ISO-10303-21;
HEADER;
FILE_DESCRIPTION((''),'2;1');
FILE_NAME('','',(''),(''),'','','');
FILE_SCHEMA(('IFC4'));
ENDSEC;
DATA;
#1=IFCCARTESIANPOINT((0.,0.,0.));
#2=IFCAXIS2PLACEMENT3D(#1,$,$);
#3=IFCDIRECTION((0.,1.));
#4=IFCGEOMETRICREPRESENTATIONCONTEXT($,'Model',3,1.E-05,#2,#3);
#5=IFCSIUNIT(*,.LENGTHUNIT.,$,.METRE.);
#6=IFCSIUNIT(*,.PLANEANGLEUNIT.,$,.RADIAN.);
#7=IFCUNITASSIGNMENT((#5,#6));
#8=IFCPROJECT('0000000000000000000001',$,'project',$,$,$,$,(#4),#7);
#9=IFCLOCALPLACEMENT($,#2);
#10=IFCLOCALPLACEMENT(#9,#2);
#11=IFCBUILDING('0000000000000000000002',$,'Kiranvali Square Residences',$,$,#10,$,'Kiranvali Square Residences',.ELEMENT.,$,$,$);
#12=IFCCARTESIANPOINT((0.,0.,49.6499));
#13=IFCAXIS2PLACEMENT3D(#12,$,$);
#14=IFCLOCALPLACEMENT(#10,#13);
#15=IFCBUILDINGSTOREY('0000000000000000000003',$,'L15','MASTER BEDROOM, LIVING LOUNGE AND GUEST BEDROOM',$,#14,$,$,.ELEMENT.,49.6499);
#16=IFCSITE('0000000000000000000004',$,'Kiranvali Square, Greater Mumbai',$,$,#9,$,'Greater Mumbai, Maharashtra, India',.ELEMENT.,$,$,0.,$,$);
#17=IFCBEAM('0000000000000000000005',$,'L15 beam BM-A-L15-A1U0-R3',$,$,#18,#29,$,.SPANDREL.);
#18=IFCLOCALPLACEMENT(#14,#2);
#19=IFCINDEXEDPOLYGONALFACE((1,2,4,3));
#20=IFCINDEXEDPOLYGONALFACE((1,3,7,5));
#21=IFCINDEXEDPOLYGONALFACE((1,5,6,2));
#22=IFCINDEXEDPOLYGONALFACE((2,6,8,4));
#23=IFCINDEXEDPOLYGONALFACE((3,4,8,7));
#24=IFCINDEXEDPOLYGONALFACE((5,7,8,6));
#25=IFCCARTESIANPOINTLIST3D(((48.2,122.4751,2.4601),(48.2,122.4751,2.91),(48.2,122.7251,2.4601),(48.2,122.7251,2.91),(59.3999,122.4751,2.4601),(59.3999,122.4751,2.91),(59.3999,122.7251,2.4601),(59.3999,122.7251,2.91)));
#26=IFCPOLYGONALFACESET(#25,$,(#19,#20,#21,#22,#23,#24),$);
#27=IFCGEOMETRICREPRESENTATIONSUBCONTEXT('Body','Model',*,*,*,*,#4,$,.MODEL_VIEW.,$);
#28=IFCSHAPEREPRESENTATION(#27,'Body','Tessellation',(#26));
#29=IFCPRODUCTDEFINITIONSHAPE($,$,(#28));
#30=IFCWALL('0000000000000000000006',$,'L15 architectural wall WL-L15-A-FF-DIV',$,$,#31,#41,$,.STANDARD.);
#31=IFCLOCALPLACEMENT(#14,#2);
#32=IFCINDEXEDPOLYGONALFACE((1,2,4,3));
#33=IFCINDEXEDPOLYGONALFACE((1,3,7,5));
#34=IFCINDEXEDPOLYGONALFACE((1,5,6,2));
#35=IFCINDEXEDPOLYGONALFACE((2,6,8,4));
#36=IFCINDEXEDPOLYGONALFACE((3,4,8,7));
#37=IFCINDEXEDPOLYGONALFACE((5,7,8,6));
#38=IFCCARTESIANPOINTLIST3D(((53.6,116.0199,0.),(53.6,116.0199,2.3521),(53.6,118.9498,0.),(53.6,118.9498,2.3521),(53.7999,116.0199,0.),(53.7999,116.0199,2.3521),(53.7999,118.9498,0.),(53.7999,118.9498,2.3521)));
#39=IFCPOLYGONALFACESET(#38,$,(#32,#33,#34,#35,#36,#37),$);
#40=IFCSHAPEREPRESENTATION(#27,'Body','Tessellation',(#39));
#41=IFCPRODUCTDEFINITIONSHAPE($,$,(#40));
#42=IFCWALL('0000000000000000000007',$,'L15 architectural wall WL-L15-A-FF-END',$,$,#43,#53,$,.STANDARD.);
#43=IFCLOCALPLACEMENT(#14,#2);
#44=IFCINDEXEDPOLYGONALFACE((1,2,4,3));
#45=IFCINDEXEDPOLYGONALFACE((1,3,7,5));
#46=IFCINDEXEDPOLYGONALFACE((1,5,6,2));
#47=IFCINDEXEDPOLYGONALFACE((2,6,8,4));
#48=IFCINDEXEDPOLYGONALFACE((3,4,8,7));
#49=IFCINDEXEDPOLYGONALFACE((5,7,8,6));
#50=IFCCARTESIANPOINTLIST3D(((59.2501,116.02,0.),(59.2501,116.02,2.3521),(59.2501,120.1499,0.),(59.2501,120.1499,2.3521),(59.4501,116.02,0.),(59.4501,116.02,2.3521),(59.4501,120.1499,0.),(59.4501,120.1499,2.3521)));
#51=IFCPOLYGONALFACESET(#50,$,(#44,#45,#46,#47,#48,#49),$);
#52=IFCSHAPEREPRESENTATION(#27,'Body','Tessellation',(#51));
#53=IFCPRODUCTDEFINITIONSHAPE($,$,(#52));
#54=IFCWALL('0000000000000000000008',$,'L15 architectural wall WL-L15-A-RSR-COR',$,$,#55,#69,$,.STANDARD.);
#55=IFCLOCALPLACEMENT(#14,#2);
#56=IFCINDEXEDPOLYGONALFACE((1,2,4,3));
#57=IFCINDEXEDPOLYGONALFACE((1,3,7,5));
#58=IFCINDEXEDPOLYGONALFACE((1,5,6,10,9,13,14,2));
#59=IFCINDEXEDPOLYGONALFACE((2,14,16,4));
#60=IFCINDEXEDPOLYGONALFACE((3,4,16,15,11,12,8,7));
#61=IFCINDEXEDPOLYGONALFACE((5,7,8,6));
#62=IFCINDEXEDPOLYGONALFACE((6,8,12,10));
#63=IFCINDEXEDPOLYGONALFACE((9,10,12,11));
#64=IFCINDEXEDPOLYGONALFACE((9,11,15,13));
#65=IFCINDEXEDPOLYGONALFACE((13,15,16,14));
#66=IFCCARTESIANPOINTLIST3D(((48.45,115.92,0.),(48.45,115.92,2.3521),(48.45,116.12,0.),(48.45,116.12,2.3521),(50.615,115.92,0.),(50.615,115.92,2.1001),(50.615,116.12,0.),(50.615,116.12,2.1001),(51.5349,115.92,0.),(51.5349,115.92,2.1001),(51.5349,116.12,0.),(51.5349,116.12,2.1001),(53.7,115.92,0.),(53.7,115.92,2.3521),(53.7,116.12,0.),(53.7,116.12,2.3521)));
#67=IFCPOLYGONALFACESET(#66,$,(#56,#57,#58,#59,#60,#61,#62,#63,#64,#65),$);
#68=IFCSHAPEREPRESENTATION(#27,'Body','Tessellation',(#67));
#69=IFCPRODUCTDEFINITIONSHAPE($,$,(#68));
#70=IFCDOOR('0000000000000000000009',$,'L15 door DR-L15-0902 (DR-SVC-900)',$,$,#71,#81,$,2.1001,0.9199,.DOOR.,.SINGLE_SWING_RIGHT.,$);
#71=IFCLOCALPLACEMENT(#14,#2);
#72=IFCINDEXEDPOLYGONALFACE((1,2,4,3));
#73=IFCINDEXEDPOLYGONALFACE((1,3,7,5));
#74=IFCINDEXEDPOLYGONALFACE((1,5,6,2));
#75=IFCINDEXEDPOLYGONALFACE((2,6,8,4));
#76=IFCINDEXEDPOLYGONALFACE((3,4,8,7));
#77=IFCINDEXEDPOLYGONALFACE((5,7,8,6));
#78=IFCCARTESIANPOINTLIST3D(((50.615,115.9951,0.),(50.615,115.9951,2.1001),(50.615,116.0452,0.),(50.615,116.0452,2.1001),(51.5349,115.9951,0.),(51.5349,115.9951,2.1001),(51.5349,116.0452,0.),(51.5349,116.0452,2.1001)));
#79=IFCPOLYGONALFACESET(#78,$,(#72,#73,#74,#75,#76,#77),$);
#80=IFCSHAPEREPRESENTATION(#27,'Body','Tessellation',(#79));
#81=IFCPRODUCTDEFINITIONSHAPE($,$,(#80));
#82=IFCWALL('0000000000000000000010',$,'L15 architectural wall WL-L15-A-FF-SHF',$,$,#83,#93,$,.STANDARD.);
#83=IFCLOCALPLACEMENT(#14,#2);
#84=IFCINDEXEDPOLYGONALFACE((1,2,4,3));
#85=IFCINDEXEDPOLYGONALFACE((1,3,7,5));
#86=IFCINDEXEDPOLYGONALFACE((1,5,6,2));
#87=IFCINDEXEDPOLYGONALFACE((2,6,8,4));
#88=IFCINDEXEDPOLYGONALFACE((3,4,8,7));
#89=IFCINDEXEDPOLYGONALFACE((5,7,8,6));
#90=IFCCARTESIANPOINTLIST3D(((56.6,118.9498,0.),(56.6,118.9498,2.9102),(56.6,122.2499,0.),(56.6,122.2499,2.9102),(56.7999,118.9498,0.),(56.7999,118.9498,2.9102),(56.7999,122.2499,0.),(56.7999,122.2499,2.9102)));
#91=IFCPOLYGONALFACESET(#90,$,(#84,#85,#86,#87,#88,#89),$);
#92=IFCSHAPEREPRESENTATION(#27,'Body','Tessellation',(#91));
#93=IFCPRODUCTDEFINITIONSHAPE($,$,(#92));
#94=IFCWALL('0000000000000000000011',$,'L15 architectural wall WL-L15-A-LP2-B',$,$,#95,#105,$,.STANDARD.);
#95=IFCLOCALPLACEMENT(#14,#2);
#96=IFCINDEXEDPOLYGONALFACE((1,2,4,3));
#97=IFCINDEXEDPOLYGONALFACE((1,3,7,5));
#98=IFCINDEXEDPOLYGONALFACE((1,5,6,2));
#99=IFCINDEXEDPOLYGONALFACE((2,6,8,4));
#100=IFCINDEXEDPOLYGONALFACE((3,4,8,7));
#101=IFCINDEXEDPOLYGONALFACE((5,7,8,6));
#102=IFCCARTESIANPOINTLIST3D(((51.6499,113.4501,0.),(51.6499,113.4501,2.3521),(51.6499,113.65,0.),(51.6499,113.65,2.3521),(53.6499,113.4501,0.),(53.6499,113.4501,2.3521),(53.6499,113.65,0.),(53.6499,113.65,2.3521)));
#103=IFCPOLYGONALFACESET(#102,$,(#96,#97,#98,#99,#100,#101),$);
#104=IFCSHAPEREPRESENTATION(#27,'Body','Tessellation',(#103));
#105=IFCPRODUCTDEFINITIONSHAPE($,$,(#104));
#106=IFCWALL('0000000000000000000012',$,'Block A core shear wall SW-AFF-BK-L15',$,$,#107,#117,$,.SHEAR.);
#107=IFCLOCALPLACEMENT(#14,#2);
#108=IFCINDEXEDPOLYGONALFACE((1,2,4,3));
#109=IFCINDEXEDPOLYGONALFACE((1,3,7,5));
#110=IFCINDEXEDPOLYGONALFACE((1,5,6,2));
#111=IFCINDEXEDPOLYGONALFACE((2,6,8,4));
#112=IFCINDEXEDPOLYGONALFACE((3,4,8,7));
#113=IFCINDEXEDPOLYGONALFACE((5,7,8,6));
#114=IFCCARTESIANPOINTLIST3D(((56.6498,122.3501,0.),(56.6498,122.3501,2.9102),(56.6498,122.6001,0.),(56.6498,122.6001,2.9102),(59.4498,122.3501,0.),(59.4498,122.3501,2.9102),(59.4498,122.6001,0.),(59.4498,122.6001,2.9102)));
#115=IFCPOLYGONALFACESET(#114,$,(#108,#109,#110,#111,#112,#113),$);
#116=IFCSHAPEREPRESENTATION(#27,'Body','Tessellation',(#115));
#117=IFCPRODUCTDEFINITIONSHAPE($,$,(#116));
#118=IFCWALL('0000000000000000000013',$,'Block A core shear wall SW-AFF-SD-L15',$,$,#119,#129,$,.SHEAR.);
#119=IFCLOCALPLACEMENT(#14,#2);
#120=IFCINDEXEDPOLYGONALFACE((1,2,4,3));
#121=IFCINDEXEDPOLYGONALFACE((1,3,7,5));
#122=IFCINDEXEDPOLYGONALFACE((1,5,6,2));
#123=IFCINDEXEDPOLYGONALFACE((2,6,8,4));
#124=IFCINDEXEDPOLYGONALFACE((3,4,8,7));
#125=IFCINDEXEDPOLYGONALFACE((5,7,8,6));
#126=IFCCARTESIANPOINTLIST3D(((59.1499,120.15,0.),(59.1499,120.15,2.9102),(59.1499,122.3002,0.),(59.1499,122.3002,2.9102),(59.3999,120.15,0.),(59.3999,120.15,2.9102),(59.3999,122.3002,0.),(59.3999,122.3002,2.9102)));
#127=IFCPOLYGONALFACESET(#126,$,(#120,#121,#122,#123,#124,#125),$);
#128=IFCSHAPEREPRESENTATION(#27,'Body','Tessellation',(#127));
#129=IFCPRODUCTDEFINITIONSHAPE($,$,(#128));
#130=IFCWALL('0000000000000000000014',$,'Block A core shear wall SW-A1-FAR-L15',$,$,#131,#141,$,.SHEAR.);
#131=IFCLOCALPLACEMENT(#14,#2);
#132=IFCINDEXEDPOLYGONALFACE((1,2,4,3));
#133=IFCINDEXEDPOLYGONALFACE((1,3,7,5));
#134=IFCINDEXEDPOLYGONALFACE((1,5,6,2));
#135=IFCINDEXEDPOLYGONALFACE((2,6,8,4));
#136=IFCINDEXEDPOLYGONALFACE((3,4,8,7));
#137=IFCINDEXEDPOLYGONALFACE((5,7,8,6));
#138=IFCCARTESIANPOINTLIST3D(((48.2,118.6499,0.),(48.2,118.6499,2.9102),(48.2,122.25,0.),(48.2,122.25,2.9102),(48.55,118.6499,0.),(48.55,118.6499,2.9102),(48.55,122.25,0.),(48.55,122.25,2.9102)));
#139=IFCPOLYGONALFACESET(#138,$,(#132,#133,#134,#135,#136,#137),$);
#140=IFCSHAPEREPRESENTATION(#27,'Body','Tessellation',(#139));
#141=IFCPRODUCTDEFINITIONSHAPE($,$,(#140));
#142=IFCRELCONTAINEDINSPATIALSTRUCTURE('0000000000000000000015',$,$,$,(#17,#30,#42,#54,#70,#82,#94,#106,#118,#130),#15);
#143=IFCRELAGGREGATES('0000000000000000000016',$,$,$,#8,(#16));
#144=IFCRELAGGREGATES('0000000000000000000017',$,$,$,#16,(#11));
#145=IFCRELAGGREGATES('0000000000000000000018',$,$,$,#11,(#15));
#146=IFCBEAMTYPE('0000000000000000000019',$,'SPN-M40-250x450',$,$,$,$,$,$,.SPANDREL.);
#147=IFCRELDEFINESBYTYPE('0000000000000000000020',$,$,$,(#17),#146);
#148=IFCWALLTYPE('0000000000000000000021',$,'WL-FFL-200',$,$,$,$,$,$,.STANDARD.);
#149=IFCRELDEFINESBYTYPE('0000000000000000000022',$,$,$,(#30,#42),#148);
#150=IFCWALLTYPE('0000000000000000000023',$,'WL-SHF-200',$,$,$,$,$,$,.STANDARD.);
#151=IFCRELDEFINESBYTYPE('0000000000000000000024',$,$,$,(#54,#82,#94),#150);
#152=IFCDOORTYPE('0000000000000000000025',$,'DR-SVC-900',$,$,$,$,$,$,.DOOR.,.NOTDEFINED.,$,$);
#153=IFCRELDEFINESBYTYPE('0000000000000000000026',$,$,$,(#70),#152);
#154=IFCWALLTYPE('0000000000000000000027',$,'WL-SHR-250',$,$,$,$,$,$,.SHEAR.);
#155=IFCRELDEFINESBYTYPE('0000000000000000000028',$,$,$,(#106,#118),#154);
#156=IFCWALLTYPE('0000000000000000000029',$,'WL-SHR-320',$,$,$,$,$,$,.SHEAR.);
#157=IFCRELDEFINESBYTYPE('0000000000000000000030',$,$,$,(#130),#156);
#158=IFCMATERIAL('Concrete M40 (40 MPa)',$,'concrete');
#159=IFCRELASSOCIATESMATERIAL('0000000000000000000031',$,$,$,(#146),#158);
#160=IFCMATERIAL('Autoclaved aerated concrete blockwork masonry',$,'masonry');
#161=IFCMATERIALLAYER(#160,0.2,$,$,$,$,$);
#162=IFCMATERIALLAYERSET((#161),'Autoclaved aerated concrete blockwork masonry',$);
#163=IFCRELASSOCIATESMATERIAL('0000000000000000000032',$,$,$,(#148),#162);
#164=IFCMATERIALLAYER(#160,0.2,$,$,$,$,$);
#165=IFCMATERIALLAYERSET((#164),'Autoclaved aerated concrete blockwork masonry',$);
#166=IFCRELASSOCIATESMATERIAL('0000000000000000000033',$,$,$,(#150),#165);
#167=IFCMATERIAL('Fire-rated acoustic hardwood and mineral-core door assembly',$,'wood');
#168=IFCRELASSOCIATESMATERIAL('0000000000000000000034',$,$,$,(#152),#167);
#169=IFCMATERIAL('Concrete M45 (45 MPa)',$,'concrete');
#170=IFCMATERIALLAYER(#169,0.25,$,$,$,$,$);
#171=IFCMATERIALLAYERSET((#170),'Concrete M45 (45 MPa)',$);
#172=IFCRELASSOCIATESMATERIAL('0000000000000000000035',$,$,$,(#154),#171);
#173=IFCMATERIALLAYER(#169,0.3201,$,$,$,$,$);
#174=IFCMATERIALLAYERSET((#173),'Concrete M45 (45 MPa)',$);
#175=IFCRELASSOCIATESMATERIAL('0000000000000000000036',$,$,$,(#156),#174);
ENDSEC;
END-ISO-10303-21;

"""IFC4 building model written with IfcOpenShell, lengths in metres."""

from ifc_helpers import new_model, si_unit, direction, frame, frame_2d, origin, origin_2d, place, context, subcontext, project, spatial, rectangle, extrude, material, layer, layer_set, material_profile, profile_set, type_object, element, fill, save


model = new_model("IFC4")

# Units and contexts
model_context = context("Model", 3, precision=1e-05, world=origin(), true_north=direction((0.0, 1.0)))
body_context = subcontext(model_context, "Body", "Model", "MODEL_VIEW")
ifc_project = project(units=[si_unit("LENGTHUNIT", "METRE"), si_unit("PLANEANGLEUNIT", "RADIAN")], contexts=[model_context])

# Site, building, storey
site_placement = place(None, origin())
site = spatial("IfcSite", under=ifc_project, at=site_placement, Name="Kiranvali Square, Greater Mumbai", LongName="Greater Mumbai, Maharashtra, India", CompositionType="ELEMENT", RefElevation=0.0)
building_placement = place(site_placement, origin())
building = spatial("IfcBuilding", under=site, at=building_placement, Name="Kiranvali Square Residences", LongName="Kiranvali Square Residences", CompositionType="ELEMENT")
storey_placement = place(building_placement, frame((0.0, 0.0, 49.6499)))
storey = spatial("IfcBuildingStorey", under=building, at=storey_placement, Name="L15", Description="MASTER BEDROOM, LIVING LOUNGE AND GUEST BEDROOM", CompositionType="ELEMENT", Elevation=49.6499)

# Beam
ifc_material_1 = material(Name="Concrete M40 (40 MPa)", Category="concrete")
ifc_material_profile = material_profile(ifc_material_1, rectangle(XDim=0.25, YDim=0.45, at=origin_2d()), Name="RC 250x450")
ifc_profile_set = profile_set([ifc_material_profile], Name="Concrete M40 (40 MPa)")
beam_type = type_object("IfcBeamType", Name="SPN-M40-250x450", PredefinedType="SPANDREL", material=ifc_profile_set)
beam_placement = place(storey_placement, frame((48.2, 122.6001, 2.6851), z_axis=(1.0, 0.0, 0.0), x_axis=(0.0, 1.0, 0.0)))
element("IfcBeam", 1, at=beam_placement, inside=storey, type_object=beam_type, Name="L15 beam BM-A-L15-A1U0-R3", PredefinedType="SPANDREL", context=body_context, shape_type="SweptSolid", body=[
    extrude(rectangle(XDim=0.25, YDim=0.45, at=origin_2d()), origin(), (0.0, 0.0, 1.0), 11.2),
])

# Shared definitions
ifc_material_2 = material(Name="Autoclaved aerated concrete blockwork masonry", Category="masonry")
ifc_material_3 = material(Name="Fire-rated acoustic hardwood and mineral-core door assembly", Category="wood")
ifc_layer_1 = layer(ifc_material_2, 0.2)
ifc_layer_set_1 = layer_set([ifc_layer_1], Name="Autoclaved aerated concrete blockwork masonry")
wall_type_1 = type_object("IfcWallType", Name="WL-FFL-200", PredefinedType="STANDARD", material=ifc_layer_set_1)

# Walls
wall_1_placement = place(storey_placement, frame((53.7, 116.02, 0.0), z_axis=(0.0, 0.0, 1.0), x_axis=(0.0, 1.0, 0.0)))
element("IfcWall", 2, at=wall_1_placement, inside=storey, type_object=wall_type_1, Name="L15 architectural wall WL-L15-A-FF-DIV", PredefinedType="STANDARD", context=body_context, shape_type="SweptSolid", body=[
    extrude(rectangle(XDim=2.9299, YDim=0.2, at=frame_2d((1.4648, 0.0))), origin(), (0.0, 0.0, 1.0), 2.3521),
])
wall_2_placement = place(storey_placement, frame((59.3501, 116.02, 0.0), z_axis=(0.0, 0.0, 1.0), x_axis=(0.0, 1.0, 0.0)))
element("IfcWall", 3, at=wall_2_placement, inside=storey, type_object=wall_type_1, Name="L15 architectural wall WL-L15-A-FF-END", PredefinedType="STANDARD", context=body_context, shape_type="SweptSolid", body=[
    extrude(rectangle(XDim=4.1299, YDim=0.2, at=frame_2d((2.0649, 0.0))), origin(), (0.0, 0.0, 1.0), 2.3521),
])

# Wall, opening, door
ifc_layer_2 = layer(ifc_material_2, 0.2)
ifc_layer_set_2 = layer_set([ifc_layer_2], Name="Autoclaved aerated concrete blockwork masonry")
wall_type_2 = type_object("IfcWallType", Name="WL-SHF-200", PredefinedType="STANDARD", material=ifc_layer_set_2)
wall_3_placement = place(storey_placement, frame((48.45, 116.02, 0.0), z_axis=(0.0, 0.0, 1.0), x_axis=(1.0, 0.0, 0.0)))
wall_3 = element("IfcWall", 4, at=wall_3_placement, inside=storey, type_object=wall_type_2, Name="L15 architectural wall WL-L15-A-RSR-COR", PredefinedType="STANDARD", context=body_context, shape_type="SweptSolid", body=[
    extrude(rectangle(XDim=5.25, YDim=0.2, at=frame_2d((2.625, 0.0))), origin(), (0.0, 0.0, 1.0), 2.3521),
])
opening_1_placement = place(wall_3_placement, frame((2.165, 0.0, 0.0)))
opening_1 = element("IfcOpeningElement", 5, at=opening_1_placement, cuts=wall_3, PredefinedType="OPENING", context=body_context, shape_type="SweptSolid", body=[
    extrude(rectangle(XDim=0.9199, YDim=2.1001, at=frame_2d((0.46, 1.05))), frame((0.0, 0.1099, 0.0), z_axis=(0.0, -1.0, 0.0), x_axis=(1.0, 0.0, 0.0)), (0.0, 0.0, 1.0), 0.22),
])
door_type_1 = type_object("IfcDoorType", Name="DR-SVC-900", OperationType="NOTDEFINED", PredefinedType="DOOR", material=ifc_material_3)
door_1_placement = place(opening_1_placement, frame((0.9199, 0.0, 0.0), z_axis=(0.0, 0.0, 1.0), x_axis=(-1.0, 0.0, 0.0)))
door_1 = element("IfcDoor", 6, at=door_1_placement, inside=storey, type_object=door_type_1, Name="L15 door DR-L15-0902 (DR-SVC-900)", OperationType="SINGLE_SWING_RIGHT", OverallHeight=2.1001, OverallWidth=0.9199, PredefinedType="DOOR", context=body_context, shape_type="SweptSolid", body=[
    extrude(rectangle(XDim=0.9199, YDim=2.1001, at=frame_2d((0.46, 1.05))), frame((0.0, 0.0249, 0.0), z_axis=(0.0, -1.0, 0.0), x_axis=(1.0, 0.0, 0.0)), (0.0, 0.0, 1.0), 0.05),
])
fill(opening_1, door_1)

# Walls
wall_4_placement = place(storey_placement, frame((56.7, 118.95, 0.0), z_axis=(0.0, 0.0, 1.0), x_axis=(0.0, 1.0, 0.0)))
element("IfcWall", 7, at=wall_4_placement, inside=storey, type_object=wall_type_2, Name="L15 architectural wall WL-L15-A-FF-SHF", PredefinedType="STANDARD", context=body_context, shape_type="SweptSolid", body=[
    extrude(rectangle(XDim=3.3, YDim=0.2, at=frame_2d((1.6499, 0.0))), origin(), (0.0, 0.0, 1.0), 2.9102),
])
wall_5_placement = place(storey_placement, frame((51.6499, 113.55, 0.0), z_axis=(0.0, 0.0, 1.0), x_axis=(1.0, 0.0, 0.0)))
element("IfcWall", 8, at=wall_5_placement, inside=storey, type_object=wall_type_2, Name="L15 architectural wall WL-L15-A-LP2-B", PredefinedType="STANDARD", context=body_context, shape_type="SweptSolid", body=[
    extrude(rectangle(XDim=2.0, YDim=0.2, at=frame_2d((1.0, 0.0))), origin(), (0.0, 0.0, 1.0), 2.3521),
])
ifc_material_4 = material(Name="Concrete M45 (45 MPa)", Category="concrete")
ifc_layer_3 = layer(ifc_material_4, 0.25)
ifc_layer_set_3 = layer_set([ifc_layer_3], Name="Concrete M45 (45 MPa)")
wall_type_3 = type_object("IfcWallType", Name="WL-SHR-250", PredefinedType="SHEAR", material=ifc_layer_set_3)
wall_6_placement = place(storey_placement, frame((56.6499, 122.4751, 0.0), z_axis=(0.0, 0.0, 1.0), x_axis=(1.0, 0.0, 0.0)))
element("IfcWall", 9, at=wall_6_placement, inside=storey, type_object=wall_type_3, Name="Block A core shear wall SW-AFF-BK-L15", PredefinedType="SHEAR", context=body_context, shape_type="SweptSolid", body=[
    extrude(rectangle(XDim=2.8, YDim=0.25, at=frame_2d((1.3999, 0.0))), origin(), (0.0, 0.0, 1.0), 2.9102),
])
wall_7_placement = place(storey_placement, frame((59.2749, 120.1499, 0.0), z_axis=(0.0, 0.0, 1.0), x_axis=(0.0, 1.0, 0.0)))
element("IfcWall", 10, at=wall_7_placement, inside=storey, type_object=wall_type_3, Name="Block A core shear wall SW-AFF-SD-L15", PredefinedType="SHEAR", context=body_context, shape_type="SweptSolid", body=[
    extrude(rectangle(XDim=2.1501, YDim=0.25, at=frame_2d((1.0752, 0.0))), origin(), (0.0, 0.0, 1.0), 2.9102),
])

# Shared definitions
ifc_layer_4 = layer(ifc_material_4, 0.3201)
ifc_layer_set_4 = layer_set([ifc_layer_4], Name="Concrete M45 (45 MPa)")
wall_type_4 = type_object("IfcWallType", Name="WL-SHR-320", PredefinedType="SHEAR", material=ifc_layer_set_4)

# Wall
wall_8_placement = place(storey_placement, frame((48.375, 118.6499, 0.0), z_axis=(0.0, 0.0, 1.0), x_axis=(0.0, 1.0, 0.0)))
element("IfcWall", 11, at=wall_8_placement, inside=storey, type_object=wall_type_4, Name="Block A core shear wall SW-A1-FAR-L15", PredefinedType="SHEAR", context=body_context, shape_type="SweptSolid", body=[
    extrude(rectangle(XDim=3.6001, YDim=0.3501, at=frame_2d((1.8, 0.0))), origin(), (0.0, 0.0, 1.0), 2.9102),
])

save(model, "model.ifc")
